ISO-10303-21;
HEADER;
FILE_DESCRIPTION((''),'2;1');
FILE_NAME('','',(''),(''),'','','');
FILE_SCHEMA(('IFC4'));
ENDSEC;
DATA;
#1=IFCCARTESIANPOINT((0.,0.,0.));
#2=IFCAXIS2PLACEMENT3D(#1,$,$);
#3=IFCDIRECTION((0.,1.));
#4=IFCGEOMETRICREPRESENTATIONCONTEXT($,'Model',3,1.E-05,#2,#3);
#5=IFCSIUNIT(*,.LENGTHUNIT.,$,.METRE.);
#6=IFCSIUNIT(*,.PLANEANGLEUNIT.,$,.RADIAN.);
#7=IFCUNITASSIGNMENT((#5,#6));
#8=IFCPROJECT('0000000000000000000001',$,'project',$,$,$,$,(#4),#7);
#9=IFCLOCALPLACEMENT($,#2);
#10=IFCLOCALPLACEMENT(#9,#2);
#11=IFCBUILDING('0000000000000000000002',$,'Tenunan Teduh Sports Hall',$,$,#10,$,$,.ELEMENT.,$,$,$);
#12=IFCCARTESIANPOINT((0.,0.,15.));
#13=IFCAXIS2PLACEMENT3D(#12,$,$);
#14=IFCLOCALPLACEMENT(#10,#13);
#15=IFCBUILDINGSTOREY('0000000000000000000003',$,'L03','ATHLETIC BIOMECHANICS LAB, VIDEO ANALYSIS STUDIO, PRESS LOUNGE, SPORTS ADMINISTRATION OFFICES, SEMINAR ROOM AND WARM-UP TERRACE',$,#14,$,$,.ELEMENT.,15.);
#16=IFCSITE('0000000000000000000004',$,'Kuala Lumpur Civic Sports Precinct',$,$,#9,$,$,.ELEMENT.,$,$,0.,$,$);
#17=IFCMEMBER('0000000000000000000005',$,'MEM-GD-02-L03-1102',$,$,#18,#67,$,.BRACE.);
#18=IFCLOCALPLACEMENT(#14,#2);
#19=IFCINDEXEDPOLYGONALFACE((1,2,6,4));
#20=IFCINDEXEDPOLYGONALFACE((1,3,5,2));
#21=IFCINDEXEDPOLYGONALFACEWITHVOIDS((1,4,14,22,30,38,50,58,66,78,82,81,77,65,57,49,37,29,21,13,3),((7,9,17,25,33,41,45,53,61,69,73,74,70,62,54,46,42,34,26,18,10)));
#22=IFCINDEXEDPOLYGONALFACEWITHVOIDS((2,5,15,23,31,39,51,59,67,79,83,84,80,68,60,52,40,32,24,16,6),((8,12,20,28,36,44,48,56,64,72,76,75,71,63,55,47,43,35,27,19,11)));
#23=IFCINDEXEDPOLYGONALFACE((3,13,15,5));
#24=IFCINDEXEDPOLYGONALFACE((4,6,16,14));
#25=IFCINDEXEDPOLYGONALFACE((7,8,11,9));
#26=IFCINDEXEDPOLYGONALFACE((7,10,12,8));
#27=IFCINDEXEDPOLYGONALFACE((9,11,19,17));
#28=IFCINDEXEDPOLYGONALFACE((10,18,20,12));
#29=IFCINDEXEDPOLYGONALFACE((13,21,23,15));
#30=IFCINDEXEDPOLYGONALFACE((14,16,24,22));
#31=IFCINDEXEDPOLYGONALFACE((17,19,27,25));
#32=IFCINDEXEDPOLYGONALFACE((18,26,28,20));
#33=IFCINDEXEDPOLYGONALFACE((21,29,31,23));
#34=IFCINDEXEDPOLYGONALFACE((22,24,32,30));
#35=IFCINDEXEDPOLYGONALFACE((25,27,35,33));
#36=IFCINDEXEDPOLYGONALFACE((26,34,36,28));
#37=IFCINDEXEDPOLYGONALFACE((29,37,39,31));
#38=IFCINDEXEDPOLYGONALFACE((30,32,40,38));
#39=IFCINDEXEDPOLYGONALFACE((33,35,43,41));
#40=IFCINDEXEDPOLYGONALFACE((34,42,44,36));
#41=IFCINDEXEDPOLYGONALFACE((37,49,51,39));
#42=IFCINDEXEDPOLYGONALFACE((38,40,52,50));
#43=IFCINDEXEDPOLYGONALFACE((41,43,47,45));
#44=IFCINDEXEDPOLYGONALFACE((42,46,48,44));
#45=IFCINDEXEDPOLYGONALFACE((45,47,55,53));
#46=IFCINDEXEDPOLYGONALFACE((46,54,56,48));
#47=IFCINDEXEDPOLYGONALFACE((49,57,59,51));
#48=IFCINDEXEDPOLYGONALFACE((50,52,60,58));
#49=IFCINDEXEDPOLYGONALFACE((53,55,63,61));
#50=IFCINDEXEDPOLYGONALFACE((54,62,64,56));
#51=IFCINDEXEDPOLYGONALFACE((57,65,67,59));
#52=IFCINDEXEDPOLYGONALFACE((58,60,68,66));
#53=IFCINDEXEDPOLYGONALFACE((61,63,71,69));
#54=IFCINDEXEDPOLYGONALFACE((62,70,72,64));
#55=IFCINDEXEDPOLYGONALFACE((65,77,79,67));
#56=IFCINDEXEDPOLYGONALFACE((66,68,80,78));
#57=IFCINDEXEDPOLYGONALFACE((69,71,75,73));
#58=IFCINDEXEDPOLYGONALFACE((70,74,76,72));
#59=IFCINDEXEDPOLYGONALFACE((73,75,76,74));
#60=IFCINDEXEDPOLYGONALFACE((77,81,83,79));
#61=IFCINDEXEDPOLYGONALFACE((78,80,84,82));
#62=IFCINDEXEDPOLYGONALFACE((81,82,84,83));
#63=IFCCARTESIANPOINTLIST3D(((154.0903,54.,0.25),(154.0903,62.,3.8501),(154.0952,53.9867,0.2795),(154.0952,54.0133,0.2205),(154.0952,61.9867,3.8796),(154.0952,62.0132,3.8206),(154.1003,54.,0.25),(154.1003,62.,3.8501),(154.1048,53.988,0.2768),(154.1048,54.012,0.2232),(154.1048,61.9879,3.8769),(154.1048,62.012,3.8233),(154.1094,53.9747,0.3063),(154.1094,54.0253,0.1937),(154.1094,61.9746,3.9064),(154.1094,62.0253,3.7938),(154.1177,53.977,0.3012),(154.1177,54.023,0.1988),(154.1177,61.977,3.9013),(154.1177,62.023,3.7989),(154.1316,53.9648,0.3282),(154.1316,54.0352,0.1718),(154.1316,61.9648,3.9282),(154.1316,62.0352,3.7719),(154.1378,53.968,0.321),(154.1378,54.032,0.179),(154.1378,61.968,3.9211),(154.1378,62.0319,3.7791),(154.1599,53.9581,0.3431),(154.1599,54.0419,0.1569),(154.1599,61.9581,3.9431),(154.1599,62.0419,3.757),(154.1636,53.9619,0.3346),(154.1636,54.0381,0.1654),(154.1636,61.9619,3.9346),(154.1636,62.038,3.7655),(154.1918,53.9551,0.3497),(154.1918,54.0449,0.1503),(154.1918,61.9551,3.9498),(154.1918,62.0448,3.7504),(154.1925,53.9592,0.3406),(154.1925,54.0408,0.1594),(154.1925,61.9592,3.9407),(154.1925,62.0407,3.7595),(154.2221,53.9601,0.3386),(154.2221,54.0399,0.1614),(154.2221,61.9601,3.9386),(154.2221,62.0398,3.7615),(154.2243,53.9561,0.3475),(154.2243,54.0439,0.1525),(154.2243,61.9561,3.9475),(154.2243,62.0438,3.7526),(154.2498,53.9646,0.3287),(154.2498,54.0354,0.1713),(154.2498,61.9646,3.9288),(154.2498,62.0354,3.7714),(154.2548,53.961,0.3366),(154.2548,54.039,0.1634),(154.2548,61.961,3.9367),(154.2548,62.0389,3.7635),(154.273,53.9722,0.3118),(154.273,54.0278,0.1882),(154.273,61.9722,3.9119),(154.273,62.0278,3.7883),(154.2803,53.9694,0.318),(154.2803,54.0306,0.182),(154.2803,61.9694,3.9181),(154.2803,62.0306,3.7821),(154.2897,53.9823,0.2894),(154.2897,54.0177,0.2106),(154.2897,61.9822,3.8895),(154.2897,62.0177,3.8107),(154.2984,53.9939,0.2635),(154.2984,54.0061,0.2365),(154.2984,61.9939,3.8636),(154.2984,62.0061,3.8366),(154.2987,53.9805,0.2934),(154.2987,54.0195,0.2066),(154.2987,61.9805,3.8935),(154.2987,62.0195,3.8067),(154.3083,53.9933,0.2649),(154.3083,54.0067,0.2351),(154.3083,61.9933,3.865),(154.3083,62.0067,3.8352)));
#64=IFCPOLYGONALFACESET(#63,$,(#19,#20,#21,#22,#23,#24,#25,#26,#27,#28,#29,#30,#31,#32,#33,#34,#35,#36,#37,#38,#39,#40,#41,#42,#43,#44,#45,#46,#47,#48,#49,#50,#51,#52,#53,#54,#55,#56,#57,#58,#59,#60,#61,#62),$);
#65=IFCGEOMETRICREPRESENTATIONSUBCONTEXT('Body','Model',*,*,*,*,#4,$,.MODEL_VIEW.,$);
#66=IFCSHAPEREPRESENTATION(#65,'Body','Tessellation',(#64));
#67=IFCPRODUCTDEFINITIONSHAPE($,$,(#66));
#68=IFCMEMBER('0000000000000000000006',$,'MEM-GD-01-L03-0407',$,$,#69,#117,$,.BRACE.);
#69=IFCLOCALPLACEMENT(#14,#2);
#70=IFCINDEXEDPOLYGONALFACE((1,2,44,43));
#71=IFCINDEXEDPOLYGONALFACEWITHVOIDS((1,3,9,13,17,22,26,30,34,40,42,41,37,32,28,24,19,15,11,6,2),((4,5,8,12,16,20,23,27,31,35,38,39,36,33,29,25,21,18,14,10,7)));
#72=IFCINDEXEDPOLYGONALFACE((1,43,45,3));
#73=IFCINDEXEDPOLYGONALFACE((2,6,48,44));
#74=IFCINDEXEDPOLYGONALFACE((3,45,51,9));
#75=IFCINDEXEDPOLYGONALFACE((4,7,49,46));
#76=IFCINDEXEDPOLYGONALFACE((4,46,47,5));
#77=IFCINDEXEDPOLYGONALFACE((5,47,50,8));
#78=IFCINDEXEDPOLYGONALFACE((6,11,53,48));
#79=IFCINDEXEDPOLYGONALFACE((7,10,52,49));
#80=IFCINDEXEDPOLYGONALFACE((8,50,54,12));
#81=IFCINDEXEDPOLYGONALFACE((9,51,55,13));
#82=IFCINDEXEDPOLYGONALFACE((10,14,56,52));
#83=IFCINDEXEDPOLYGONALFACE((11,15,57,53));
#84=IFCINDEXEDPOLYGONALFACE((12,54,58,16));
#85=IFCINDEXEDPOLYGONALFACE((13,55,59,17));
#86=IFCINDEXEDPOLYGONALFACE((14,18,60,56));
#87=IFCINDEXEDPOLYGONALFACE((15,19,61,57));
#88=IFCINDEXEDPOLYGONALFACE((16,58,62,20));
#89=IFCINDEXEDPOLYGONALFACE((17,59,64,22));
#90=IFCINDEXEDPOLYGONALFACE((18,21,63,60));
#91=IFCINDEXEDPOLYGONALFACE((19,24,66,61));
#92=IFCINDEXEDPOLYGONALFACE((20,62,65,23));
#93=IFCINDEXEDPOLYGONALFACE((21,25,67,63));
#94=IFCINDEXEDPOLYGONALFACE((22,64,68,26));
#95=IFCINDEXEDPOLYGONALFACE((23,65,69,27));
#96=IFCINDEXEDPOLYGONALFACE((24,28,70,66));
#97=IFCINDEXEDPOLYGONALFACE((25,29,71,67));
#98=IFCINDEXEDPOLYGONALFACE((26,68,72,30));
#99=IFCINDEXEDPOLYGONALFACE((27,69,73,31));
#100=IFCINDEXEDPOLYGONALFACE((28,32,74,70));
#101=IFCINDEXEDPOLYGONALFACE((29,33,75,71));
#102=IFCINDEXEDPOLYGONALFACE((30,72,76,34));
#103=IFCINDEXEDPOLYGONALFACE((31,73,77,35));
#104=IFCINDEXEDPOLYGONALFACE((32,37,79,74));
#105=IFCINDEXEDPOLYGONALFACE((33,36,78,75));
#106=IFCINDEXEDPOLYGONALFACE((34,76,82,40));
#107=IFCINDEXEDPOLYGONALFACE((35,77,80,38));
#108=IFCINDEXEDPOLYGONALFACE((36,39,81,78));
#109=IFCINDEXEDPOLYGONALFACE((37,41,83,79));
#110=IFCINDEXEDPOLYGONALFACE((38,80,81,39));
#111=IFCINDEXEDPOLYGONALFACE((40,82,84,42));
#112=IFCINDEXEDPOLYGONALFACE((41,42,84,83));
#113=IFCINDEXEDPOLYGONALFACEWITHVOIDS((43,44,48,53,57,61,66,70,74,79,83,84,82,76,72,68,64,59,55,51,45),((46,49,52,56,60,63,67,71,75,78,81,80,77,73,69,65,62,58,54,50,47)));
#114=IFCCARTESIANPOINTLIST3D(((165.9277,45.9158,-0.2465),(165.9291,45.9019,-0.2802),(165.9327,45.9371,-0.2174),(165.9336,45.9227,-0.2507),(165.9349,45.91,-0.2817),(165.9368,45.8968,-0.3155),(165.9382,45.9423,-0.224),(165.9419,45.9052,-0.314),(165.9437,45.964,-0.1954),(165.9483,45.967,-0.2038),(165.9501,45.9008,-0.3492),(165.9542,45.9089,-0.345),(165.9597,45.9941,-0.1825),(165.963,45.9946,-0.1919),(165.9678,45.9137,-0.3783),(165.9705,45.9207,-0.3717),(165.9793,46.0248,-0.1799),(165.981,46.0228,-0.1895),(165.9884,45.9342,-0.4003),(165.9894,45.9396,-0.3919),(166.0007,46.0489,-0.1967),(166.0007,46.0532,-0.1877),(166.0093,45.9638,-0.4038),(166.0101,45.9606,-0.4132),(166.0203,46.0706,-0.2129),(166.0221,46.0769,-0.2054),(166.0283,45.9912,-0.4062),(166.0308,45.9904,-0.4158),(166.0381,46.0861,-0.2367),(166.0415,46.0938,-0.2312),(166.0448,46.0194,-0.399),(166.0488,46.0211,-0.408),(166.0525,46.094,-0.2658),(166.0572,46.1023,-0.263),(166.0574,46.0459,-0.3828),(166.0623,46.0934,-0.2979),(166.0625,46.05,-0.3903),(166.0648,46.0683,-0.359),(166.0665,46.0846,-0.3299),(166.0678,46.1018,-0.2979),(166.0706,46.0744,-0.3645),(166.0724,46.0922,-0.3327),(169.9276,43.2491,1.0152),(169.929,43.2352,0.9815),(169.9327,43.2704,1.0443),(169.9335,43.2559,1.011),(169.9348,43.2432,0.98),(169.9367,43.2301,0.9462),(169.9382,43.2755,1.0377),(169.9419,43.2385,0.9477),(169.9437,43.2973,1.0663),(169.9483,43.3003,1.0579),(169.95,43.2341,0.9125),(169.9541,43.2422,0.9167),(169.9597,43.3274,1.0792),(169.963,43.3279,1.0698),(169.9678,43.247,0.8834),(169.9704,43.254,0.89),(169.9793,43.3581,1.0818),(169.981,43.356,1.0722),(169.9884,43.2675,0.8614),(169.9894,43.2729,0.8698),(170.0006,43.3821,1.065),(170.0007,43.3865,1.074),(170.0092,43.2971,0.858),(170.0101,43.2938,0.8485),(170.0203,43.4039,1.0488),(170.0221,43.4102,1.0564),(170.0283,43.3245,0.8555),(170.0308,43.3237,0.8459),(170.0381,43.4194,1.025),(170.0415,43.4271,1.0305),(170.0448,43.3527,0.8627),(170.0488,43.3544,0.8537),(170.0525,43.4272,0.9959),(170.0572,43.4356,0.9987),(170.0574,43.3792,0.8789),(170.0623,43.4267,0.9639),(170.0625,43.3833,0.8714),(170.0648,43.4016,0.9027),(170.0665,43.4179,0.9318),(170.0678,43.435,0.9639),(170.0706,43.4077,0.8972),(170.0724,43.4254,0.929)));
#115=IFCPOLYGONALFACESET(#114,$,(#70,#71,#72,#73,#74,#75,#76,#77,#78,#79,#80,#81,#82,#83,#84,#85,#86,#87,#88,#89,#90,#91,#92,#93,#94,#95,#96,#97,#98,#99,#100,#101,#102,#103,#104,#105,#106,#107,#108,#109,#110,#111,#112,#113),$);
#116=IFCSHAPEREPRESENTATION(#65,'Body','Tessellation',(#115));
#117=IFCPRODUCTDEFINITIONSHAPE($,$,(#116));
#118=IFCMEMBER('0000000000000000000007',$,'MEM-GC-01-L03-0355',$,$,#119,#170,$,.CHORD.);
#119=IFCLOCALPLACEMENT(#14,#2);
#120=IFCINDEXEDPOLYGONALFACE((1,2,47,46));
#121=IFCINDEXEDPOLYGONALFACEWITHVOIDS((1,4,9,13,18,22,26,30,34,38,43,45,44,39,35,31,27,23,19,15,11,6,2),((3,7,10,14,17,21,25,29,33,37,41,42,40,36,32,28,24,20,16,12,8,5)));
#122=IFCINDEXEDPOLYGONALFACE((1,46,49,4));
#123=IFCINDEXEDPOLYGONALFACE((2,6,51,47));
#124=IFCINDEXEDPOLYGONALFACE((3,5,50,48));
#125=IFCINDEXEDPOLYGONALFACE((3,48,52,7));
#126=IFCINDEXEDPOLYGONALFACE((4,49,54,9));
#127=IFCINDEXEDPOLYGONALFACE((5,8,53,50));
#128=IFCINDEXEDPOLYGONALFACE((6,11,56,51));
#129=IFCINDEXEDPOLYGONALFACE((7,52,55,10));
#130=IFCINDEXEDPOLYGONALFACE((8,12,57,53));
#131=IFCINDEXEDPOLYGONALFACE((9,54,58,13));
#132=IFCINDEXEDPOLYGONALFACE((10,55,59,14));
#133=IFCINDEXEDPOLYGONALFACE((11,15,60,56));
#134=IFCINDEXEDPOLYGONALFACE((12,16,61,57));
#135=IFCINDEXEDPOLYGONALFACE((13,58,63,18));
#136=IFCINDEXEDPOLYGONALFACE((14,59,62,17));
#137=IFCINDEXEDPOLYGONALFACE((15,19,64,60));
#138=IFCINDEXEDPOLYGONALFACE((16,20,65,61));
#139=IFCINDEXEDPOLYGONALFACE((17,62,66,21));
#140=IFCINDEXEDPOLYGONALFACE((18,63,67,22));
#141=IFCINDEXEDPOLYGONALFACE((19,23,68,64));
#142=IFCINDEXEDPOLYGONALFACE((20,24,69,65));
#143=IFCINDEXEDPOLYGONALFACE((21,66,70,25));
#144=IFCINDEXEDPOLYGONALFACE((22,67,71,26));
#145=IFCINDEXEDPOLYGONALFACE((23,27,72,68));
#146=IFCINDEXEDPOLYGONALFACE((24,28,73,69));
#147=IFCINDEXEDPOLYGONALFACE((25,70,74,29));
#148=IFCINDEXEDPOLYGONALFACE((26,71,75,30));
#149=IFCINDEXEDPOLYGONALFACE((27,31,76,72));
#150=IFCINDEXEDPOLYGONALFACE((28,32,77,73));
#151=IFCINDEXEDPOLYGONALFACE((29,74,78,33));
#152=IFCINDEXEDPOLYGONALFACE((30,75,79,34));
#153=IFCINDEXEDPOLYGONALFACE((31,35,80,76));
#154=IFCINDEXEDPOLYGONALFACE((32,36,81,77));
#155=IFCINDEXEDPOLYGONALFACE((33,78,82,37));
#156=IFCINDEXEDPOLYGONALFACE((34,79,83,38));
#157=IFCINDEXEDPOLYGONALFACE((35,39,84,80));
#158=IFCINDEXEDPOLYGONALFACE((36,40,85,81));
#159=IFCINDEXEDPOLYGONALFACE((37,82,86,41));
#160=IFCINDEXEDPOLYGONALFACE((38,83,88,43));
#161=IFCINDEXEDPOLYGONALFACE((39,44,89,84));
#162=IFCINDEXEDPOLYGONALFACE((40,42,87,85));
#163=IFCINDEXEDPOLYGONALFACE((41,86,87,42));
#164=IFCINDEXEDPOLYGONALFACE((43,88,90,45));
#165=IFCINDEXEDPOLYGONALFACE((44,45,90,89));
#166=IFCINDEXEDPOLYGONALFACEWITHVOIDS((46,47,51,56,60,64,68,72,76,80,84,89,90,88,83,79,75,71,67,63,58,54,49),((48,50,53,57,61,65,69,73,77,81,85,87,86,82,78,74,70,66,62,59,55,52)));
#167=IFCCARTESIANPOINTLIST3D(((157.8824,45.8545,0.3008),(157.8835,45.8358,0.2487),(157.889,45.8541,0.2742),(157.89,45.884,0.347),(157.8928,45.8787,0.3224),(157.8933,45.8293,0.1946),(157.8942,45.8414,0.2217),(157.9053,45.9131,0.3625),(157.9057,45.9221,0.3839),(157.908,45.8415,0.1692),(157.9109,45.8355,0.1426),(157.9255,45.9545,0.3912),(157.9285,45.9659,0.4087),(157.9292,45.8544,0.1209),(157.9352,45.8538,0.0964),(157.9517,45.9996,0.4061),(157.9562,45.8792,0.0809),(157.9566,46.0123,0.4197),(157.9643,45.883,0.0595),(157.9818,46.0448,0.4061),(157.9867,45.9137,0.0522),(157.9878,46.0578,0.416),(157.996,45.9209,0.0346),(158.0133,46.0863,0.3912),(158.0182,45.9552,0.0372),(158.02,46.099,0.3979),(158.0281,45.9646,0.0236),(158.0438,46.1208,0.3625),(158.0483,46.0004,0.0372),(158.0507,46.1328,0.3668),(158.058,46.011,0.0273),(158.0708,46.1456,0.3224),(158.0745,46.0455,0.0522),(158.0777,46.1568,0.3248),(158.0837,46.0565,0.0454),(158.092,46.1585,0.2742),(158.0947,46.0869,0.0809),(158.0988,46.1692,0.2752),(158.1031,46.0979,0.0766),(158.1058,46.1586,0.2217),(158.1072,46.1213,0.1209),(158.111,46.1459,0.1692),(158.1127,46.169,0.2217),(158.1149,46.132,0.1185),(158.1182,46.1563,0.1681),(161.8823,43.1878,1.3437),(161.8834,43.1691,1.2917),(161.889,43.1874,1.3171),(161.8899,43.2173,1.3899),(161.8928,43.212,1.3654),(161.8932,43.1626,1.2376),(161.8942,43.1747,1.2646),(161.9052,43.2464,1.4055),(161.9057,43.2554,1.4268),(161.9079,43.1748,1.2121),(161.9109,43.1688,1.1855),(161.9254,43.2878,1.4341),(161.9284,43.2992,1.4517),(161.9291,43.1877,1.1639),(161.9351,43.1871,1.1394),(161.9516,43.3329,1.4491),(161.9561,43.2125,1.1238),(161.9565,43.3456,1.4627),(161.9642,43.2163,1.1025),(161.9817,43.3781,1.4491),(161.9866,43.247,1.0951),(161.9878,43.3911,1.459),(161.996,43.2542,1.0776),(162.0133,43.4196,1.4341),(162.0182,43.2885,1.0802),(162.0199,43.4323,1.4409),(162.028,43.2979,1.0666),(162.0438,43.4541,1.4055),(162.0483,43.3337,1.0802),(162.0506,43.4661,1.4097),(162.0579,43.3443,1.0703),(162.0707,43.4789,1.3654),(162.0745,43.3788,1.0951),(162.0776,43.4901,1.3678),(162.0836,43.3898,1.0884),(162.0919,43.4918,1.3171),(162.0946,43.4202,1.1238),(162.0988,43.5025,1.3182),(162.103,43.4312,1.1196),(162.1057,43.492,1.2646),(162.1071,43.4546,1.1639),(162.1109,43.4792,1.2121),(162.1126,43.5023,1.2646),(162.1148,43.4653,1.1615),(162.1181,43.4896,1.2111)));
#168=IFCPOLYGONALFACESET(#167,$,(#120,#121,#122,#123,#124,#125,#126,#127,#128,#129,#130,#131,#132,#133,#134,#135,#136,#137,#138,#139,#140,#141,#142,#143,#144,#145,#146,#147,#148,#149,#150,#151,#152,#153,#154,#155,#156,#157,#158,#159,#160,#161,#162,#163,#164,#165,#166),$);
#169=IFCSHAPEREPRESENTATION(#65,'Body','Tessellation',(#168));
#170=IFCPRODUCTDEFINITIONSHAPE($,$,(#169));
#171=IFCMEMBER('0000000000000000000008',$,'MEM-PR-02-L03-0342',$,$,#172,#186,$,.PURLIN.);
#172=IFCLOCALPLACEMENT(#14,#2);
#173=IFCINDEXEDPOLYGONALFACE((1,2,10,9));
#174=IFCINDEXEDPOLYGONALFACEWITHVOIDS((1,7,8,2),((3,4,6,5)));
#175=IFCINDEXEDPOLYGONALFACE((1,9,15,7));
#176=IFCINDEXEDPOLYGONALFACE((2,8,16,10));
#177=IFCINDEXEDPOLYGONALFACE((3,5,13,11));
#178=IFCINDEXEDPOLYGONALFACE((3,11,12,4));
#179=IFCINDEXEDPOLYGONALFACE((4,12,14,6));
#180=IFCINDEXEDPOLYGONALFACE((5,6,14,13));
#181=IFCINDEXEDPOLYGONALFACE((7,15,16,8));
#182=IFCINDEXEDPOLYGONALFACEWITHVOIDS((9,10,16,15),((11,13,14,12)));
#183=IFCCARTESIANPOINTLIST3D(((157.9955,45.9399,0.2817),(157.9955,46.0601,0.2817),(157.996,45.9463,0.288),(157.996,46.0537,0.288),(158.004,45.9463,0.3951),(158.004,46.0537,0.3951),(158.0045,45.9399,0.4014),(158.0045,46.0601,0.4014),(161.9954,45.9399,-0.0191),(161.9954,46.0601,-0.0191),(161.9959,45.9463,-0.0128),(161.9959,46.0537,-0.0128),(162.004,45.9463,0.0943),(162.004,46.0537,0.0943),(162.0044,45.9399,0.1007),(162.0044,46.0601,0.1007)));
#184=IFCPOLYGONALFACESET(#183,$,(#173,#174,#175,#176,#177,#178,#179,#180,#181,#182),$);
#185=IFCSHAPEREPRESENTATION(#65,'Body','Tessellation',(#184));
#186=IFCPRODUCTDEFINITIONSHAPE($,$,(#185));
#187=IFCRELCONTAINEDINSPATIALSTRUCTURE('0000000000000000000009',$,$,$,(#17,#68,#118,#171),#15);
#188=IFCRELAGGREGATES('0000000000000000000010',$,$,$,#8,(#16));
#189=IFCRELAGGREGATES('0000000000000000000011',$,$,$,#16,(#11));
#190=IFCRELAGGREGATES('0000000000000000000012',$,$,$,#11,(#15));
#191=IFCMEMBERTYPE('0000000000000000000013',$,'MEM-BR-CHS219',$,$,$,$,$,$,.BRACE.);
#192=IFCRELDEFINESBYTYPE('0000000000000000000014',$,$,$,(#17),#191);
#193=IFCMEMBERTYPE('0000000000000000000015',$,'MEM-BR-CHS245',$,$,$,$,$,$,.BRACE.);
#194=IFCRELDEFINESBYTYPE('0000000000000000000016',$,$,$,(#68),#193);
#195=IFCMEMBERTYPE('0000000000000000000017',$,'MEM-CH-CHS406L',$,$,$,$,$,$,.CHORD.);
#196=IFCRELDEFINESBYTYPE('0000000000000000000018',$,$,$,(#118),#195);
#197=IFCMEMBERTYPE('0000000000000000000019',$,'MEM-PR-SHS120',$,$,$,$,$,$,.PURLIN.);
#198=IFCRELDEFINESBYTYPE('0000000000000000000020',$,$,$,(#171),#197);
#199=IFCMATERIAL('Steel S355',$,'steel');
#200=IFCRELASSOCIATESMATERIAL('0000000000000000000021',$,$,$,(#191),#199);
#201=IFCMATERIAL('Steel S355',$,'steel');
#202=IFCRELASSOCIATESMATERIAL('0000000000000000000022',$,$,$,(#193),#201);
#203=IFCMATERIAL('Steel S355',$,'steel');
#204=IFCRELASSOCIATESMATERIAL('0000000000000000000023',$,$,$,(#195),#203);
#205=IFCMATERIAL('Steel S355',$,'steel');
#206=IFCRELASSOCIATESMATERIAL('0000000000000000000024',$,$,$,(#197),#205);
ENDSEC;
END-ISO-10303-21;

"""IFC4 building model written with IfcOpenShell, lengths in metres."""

from ifc_helpers import new_model, si_unit, direction, frame, origin, origin_2d, place, context, subcontext, project, spatial, hollow_rectangle, hollow_circle, extrude, material, material_profile, profile_set, type_object, element, save


model = new_model("IFC4")

# Units and contexts
model_context = context("Model", 3, precision=1e-05, world=origin(), true_north=direction((0.0, 1.0)))
body_context = subcontext(model_context, "Body", "Model", "MODEL_VIEW")
ifc_project = project(units=[si_unit("LENGTHUNIT", "METRE"), si_unit("PLANEANGLEUNIT", "RADIAN")], contexts=[model_context])

# Site, building, storey
site_placement = place(None, origin())
site = spatial("IfcSite", under=ifc_project, at=site_placement, Name="Kuala Lumpur Civic Sports Precinct", CompositionType="ELEMENT", RefElevation=0.0)
building_placement = place(site_placement, origin())
building = spatial("IfcBuilding", under=site, at=building_placement, Name="Tenunan Teduh Sports Hall", CompositionType="ELEMENT")
storey_placement = place(building_placement, frame((0.0, 0.0, 15.0)))
storey = spatial("IfcBuildingStorey", under=building, at=storey_placement, Name="L03", Description="ATHLETIC BIOMECHANICS LAB, VIDEO ANALYSIS STUDIO, PRESS LOUNGE, SPORTS ADMINISTRATION OFFICES, SEMINAR ROOM AND WARM-UP TERRACE", CompositionType="ELEMENT", Elevation=15.0)

# Members
ifc_material_1 = material(Name="Steel S355", Category="steel")
ifc_material_profile_1 = material_profile(ifc_material_1, hollow_circle(Radius=0.1096, WallThickness=0.01, at=origin_2d()), Name="CHS 219.1x10.0")
ifc_profile_set_1 = profile_set([ifc_material_profile_1], Name="Steel S355")
member_type_1 = type_object("IfcMemberType", Name="MEM-BR-CHS219", PredefinedType="BRACE", material=ifc_profile_set_1)
for number, where, z_axis, x_axis, name in (
    (1, (154.2, 54.0, 0.25), (0.0, 0.911917, 0.410374), (-1.0, 0.0, 0.0), "MEM-GD-02-L03-1102"),
):
    element("IfcMember", number, at=place(storey_placement, frame(where, z_axis=z_axis, x_axis=x_axis)), inside=storey, type_object=member_type_1, Name=name, PredefinedType="BRACE", context=body_context, shape_type="SweptSolid", body=[
        extrude(hollow_circle(Radius=0.1096, WallThickness=0.01, at=origin_2d()), origin(), (0.0, 0.0, 1.0), 8.7727),
    ])
ifc_material_2 = material(Name="Steel S355", Category="steel")
ifc_material_profile_2 = material_profile(ifc_material_2, hollow_circle(Radius=0.1223, WallThickness=0.01, at=origin_2d()), Name="CHS 244.5x10.0")
ifc_profile_set_2 = profile_set([ifc_material_profile_2], Name="Steel S355")
member_type_2 = type_object("IfcMemberType", Name="MEM-BR-CHS245", PredefinedType="BRACE", material=ifc_profile_set_2)
member_1_placement = place(storey_placement, frame((166.0, 46.0, -0.2979), z_axis=(0.804787, -0.536541, 0.253854), x_axis=(0.554712, 0.832042, 0.0)))
element("IfcMember", 2, at=member_1_placement, inside=storey, type_object=member_type_2, Name="MEM-GD-01-L03-0407", PredefinedType="BRACE", context=body_context, shape_type="SweptSolid", body=[
    extrude(hollow_circle(Radius=0.1223, WallThickness=0.01, at=origin_2d()), origin(), (0.0, 0.0, 1.0), 4.9702),
])
ifc_material_3 = material(Name="Steel S355", Category="steel")
ifc_material_profile_3 = material_profile(ifc_material_3, hollow_circle(Radius=0.2031, WallThickness=0.0125, at=origin_2d()), Name="CHS 406.4x12.5")
ifc_profile_set_3 = profile_set([ifc_material_profile_3], Name="Steel S355")
member_type_3 = type_object("IfcMemberType", Name="MEM-CH-CHS406L", PredefinedType="CHORD", material=ifc_profile_set_3)
member_2_placement = place(storey_placement, frame((158.0, 46.0, 0.2217), z_axis=(0.813127, -0.542101, 0.212016), x_axis=(0.554712, 0.832042, 0.0)))
element("IfcMember", 3, at=member_2_placement, inside=storey, type_object=member_type_3, Name="MEM-GC-01-L03-0355", PredefinedType="CHORD", context=body_context, shape_type="SweptSolid", body=[
    extrude(hollow_circle(Radius=0.2031, WallThickness=0.0125, at=origin_2d()), origin(), (0.0, 0.0, 1.0), 4.9192),
])
ifc_material_4 = material(Name="Steel S355", Category="steel")
ifc_material_profile_4 = material_profile(ifc_material_4, hollow_rectangle(XDim=0.1201, YDim=0.1201, WallThickness=0.0063, at=origin_2d()), Name="SHS 120x120x6.3")
ifc_profile_set_4 = profile_set([ifc_material_profile_4], Name="Steel S355")
member_type_4 = type_object("IfcMemberType", Name="MEM-PR-SHS120", PredefinedType="PURLIN", material=ifc_profile_set_4)
member_3_placement = place(storey_placement, frame((158.0, 46.0, 0.3416), z_axis=(0.997185, 0.0, -0.074984), x_axis=(0.0, 1.0, 0.0)))
element("IfcMember", 4, at=member_3_placement, inside=storey, type_object=member_type_4, Name="MEM-PR-02-L03-0342", PredefinedType="PURLIN", context=body_context, shape_type="SweptSolid", body=[
    extrude(hollow_rectangle(XDim=0.1201, YDim=0.1201, WallThickness=0.0063, at=origin_2d()), origin(), (0.0, 0.0, 1.0), 4.0112),
])

save(model, "model.ifc")
